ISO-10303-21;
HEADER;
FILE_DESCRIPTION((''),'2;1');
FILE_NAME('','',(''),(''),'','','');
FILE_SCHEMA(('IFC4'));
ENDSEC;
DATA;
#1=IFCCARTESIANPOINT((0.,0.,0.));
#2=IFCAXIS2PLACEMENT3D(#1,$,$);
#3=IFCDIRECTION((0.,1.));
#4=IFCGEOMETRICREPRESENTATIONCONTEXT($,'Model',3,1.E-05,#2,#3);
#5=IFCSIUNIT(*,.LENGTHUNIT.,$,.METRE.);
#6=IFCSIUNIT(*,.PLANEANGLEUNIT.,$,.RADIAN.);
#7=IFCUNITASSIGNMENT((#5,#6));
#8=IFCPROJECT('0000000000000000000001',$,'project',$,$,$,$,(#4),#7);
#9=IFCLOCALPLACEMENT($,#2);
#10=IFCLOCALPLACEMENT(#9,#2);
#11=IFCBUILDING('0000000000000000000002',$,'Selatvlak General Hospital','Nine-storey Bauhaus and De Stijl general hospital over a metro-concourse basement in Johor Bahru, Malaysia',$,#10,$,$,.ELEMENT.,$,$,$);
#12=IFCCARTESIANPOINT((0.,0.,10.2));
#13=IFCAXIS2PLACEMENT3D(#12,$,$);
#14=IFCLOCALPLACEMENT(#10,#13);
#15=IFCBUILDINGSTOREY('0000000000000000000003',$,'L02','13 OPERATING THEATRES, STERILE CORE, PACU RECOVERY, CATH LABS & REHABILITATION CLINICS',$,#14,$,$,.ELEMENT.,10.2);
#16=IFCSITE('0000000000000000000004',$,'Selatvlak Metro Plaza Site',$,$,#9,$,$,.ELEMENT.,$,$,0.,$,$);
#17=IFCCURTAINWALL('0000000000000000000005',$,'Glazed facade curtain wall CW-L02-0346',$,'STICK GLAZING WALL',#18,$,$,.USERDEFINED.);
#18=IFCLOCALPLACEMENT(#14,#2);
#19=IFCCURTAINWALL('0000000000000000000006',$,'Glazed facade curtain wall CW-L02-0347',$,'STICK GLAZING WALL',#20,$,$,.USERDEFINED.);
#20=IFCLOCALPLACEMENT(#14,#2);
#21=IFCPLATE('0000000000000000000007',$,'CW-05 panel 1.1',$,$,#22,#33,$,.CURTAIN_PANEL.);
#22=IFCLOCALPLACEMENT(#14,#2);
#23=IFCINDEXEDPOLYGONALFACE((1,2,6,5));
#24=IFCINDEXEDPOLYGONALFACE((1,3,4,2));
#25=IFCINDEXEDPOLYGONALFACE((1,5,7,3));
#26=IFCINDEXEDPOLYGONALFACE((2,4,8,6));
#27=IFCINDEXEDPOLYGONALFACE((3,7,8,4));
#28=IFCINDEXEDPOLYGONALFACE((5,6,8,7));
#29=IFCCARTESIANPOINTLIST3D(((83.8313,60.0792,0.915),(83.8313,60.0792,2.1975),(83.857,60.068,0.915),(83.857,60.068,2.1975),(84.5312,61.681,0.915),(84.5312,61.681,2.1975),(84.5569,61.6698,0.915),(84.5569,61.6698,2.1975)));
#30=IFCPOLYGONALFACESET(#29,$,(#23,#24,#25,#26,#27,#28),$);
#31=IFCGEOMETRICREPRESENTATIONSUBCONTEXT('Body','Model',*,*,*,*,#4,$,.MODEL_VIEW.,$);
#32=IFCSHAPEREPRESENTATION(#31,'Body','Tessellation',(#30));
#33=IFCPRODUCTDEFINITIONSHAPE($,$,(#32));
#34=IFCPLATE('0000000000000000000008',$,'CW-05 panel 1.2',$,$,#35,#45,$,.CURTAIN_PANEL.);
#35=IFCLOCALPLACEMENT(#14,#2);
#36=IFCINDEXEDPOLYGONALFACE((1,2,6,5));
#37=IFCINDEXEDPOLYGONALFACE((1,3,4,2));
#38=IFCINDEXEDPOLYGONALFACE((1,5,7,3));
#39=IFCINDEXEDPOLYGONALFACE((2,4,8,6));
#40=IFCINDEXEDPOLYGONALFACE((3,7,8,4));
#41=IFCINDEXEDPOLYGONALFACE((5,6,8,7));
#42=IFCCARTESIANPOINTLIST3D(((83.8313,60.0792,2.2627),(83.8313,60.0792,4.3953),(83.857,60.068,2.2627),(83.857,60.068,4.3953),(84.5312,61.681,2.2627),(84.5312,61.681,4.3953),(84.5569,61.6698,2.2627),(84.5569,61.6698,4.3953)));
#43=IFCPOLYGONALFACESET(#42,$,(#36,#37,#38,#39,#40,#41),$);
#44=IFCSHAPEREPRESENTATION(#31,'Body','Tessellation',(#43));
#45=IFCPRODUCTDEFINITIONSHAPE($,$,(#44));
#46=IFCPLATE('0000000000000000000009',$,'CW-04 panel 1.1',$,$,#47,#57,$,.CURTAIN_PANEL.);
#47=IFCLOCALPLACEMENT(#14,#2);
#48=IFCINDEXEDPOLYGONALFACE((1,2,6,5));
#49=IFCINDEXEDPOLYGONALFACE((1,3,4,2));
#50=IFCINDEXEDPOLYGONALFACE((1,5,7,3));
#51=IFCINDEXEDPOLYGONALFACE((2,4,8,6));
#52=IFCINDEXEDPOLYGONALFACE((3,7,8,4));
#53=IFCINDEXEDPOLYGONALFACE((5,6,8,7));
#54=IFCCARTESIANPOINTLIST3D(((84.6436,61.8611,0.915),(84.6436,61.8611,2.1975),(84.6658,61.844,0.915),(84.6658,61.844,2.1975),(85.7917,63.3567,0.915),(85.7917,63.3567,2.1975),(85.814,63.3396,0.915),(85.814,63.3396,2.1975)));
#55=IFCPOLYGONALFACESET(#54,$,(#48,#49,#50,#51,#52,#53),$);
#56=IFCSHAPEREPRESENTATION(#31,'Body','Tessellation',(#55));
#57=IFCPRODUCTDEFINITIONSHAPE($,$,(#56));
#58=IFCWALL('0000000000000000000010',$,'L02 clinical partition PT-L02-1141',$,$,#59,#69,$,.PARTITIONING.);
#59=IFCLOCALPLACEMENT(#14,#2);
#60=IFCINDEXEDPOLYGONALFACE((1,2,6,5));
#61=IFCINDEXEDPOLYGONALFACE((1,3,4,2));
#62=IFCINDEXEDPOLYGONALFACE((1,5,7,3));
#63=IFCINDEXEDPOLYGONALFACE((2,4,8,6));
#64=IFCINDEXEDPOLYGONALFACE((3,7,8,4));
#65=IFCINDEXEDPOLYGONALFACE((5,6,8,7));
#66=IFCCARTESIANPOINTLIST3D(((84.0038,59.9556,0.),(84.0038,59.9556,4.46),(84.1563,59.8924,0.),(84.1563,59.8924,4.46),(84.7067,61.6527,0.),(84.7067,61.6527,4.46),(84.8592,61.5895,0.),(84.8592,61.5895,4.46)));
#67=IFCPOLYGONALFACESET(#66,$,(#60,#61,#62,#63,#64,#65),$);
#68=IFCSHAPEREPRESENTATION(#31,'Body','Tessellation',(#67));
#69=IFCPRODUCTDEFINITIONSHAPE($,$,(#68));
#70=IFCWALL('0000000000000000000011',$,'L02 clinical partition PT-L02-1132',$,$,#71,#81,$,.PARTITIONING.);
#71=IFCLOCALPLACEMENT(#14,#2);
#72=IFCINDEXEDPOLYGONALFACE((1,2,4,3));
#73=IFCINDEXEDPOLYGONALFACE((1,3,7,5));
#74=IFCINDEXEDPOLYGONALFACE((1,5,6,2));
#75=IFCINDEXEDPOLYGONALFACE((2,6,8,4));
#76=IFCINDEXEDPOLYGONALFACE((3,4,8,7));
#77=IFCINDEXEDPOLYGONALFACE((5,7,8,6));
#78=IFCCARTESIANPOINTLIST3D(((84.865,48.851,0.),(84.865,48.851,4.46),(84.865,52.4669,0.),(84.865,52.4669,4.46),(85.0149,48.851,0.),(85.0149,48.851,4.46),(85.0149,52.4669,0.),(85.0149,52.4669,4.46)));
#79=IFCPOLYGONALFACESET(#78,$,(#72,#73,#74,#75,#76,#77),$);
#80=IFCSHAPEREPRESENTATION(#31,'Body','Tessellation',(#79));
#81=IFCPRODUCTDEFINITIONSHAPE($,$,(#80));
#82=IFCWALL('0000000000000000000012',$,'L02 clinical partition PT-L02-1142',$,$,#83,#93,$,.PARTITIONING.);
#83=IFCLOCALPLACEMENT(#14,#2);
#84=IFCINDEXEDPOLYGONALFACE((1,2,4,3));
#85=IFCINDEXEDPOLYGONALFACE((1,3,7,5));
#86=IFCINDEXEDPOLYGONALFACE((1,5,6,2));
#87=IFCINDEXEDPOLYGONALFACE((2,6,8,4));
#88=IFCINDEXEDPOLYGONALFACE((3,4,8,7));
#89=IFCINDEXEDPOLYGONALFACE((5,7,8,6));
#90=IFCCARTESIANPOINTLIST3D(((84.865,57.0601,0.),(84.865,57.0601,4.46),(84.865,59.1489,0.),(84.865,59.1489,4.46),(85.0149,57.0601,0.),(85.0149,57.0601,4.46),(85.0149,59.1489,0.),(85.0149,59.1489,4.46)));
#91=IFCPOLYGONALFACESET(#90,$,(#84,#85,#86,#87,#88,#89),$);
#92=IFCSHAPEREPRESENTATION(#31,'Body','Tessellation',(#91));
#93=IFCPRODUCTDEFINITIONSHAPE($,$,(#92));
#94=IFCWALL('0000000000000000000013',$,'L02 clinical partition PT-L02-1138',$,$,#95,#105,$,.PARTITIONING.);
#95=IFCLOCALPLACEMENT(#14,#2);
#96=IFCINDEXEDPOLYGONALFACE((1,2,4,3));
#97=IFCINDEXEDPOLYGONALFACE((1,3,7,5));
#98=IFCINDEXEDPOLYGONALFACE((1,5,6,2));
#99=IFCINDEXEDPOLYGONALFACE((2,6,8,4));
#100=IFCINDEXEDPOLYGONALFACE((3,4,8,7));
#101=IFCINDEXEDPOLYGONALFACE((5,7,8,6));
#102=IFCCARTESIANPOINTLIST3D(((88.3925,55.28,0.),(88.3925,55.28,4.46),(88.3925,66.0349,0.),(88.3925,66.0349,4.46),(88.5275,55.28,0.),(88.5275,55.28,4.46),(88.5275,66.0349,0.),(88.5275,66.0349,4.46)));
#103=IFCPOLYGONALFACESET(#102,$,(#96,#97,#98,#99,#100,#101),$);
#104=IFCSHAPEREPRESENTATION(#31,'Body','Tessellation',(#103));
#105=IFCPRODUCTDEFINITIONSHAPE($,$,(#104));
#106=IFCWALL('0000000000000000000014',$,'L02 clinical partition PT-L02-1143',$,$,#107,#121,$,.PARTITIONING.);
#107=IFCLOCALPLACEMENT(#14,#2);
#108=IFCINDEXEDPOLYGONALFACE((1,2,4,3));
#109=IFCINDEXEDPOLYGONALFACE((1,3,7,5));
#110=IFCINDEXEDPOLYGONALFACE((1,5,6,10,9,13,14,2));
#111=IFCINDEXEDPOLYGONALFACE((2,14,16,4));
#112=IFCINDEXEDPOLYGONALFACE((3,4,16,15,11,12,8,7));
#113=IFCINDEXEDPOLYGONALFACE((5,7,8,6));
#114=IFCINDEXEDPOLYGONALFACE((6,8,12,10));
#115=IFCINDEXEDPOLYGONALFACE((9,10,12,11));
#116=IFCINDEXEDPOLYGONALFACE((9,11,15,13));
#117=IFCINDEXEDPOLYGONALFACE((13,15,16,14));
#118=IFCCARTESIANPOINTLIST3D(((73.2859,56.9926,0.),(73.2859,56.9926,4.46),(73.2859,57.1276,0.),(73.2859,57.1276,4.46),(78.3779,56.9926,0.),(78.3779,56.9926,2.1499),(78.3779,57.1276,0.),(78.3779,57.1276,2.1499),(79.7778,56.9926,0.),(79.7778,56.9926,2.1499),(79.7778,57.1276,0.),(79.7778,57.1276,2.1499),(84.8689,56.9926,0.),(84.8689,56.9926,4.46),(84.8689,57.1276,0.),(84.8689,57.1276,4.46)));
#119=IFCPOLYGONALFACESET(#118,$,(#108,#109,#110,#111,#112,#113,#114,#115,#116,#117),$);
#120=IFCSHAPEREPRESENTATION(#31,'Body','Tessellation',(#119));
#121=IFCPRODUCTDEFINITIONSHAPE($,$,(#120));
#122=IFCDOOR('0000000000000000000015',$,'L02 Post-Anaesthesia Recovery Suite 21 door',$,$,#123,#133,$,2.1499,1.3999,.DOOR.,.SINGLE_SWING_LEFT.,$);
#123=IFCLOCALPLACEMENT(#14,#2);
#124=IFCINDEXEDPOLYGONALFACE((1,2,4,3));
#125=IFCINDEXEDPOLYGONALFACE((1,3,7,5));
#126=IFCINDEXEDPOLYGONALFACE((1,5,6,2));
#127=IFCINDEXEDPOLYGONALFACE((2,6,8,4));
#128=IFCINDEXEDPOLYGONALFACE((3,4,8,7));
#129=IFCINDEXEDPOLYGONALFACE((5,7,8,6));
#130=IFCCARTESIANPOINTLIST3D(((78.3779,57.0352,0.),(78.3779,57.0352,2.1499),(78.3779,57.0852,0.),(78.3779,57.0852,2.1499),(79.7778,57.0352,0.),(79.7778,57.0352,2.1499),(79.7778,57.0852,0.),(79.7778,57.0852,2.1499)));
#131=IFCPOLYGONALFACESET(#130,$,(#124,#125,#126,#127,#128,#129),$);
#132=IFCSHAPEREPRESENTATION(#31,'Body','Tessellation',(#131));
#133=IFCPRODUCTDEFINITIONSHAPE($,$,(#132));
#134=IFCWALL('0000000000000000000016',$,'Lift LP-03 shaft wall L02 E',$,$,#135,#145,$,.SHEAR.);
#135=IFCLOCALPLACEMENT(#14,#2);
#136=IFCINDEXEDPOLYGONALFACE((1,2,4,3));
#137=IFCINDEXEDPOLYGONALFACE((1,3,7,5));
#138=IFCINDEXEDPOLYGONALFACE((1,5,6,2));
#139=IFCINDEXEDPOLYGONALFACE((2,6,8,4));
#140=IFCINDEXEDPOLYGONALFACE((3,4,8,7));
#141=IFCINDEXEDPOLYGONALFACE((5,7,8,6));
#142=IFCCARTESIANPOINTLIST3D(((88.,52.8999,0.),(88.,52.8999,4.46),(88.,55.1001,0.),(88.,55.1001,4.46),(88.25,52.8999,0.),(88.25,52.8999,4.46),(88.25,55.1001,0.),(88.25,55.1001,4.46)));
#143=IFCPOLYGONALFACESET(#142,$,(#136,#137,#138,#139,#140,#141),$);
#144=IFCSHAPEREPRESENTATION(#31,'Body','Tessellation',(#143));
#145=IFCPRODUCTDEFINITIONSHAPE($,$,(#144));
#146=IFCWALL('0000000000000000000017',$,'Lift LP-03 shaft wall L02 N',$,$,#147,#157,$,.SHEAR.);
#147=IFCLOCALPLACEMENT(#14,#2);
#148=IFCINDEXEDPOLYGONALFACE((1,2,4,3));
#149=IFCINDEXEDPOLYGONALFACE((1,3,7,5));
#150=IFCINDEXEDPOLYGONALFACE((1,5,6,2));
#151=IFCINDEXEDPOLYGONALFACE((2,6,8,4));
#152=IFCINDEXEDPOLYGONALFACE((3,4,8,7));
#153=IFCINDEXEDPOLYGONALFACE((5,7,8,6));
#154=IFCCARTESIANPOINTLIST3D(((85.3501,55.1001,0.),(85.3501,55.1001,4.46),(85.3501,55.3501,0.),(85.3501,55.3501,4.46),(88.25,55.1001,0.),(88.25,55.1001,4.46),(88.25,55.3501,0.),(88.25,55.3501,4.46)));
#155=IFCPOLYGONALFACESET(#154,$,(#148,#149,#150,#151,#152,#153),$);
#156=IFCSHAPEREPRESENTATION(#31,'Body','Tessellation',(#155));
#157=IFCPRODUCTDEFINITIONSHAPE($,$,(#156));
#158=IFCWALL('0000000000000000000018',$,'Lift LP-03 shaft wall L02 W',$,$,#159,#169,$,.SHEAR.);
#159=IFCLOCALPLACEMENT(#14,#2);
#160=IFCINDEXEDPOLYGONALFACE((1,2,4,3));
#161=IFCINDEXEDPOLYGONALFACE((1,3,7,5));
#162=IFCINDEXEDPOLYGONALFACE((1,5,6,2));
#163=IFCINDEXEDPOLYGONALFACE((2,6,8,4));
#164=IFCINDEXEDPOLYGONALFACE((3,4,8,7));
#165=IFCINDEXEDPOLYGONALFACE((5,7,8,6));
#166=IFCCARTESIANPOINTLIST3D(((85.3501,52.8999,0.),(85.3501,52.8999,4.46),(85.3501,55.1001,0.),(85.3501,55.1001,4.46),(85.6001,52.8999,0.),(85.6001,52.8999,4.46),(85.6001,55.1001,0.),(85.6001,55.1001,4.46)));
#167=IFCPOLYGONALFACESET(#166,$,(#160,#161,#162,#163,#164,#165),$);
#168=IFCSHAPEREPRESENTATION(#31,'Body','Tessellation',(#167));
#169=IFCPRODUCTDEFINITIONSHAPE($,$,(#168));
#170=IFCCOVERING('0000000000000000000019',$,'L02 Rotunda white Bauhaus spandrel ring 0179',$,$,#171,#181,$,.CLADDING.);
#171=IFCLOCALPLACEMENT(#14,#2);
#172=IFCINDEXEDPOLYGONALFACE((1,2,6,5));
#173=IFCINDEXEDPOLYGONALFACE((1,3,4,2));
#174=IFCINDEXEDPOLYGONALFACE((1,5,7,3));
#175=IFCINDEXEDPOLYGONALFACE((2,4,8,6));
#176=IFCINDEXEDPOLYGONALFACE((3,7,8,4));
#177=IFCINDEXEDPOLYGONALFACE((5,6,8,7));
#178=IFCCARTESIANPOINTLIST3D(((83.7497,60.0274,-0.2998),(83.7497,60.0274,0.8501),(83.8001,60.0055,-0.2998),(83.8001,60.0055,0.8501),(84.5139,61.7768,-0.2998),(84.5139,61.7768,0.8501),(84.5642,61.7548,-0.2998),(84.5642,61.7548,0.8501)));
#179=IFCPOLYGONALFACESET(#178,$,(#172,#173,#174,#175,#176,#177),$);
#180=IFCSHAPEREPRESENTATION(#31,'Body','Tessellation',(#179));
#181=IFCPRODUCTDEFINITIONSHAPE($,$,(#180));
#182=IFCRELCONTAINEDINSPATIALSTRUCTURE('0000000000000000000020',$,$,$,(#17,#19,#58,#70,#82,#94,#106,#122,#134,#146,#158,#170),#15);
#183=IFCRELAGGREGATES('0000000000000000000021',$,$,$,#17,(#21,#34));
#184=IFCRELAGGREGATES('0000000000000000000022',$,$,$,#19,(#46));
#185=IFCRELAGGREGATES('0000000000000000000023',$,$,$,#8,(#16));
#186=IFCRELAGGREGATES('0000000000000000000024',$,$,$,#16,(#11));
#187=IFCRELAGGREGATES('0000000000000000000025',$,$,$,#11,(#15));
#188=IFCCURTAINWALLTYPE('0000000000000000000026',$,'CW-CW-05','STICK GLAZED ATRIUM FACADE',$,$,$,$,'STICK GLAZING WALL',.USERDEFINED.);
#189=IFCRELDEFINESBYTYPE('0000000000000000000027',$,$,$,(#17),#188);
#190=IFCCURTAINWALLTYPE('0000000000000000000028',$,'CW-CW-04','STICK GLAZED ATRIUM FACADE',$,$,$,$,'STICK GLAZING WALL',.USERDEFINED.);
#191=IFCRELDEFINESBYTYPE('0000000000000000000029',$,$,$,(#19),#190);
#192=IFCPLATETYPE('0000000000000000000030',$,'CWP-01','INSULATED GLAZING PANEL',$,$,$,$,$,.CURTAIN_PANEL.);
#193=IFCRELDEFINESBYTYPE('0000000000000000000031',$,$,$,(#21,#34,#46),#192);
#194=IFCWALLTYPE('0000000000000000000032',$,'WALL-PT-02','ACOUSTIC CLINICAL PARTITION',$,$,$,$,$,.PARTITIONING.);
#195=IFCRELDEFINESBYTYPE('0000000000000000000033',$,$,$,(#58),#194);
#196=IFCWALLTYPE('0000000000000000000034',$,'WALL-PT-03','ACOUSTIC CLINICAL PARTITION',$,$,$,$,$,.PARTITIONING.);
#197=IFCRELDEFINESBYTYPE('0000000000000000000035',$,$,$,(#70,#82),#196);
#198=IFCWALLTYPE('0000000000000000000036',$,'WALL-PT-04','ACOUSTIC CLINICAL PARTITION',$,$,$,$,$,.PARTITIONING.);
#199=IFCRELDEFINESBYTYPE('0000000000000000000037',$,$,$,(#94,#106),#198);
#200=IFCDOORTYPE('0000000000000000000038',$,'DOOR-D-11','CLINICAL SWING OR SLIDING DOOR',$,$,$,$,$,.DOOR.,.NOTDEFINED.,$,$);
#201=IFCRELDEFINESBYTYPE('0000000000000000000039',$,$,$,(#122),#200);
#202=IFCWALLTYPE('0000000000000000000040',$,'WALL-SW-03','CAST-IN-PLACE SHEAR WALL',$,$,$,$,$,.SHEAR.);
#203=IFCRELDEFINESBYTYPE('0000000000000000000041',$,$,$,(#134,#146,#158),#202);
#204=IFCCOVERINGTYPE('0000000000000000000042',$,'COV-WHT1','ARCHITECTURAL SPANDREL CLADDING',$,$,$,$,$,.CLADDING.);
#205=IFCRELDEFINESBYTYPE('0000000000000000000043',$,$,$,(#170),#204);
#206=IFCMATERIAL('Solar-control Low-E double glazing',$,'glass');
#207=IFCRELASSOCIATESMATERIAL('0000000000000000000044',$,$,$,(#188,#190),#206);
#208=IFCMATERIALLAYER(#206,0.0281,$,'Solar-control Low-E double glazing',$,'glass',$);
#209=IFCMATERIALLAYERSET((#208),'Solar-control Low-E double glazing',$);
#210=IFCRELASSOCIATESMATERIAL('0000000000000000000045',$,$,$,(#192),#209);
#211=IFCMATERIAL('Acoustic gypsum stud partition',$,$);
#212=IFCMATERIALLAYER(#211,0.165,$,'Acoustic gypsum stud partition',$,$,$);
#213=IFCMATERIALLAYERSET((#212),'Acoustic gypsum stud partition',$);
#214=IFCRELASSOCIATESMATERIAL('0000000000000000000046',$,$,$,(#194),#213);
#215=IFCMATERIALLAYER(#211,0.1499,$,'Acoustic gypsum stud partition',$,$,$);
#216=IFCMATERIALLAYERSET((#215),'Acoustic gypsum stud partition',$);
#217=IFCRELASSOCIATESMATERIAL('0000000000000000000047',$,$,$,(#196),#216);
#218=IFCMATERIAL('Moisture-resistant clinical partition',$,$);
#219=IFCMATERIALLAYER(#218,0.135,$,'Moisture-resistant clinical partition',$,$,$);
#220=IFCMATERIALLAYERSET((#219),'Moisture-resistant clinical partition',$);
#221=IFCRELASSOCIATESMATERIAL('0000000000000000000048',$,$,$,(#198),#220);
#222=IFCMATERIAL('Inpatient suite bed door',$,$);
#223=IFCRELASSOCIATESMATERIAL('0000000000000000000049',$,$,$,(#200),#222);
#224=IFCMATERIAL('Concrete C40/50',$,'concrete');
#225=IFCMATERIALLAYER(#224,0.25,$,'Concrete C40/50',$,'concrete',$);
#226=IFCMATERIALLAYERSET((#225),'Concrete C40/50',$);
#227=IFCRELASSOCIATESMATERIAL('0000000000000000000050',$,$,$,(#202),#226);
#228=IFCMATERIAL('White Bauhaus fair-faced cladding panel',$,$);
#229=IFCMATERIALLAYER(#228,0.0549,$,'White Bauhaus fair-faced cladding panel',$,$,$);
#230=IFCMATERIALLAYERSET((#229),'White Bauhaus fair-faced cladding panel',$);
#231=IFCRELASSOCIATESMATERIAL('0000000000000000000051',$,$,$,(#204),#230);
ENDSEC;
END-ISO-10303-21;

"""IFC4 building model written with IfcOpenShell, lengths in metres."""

from ifc_helpers import new_model, si_unit, direction, frame, frame_2d, origin, origin_2d, place, context, subcontext, project, spatial, rectangle, extrude, material, layer, layer_set, type_object, element, fill, aggregate, save


model = new_model("IFC4")

# Units and contexts
model_context = context("Model", 3, precision=1e-05, world=origin(), true_north=direction((0.0, 1.0)))
body_context = subcontext(model_context, "Body", "Model", "MODEL_VIEW")
ifc_project = project(units=[si_unit("LENGTHUNIT", "METRE"), si_unit("PLANEANGLEUNIT", "RADIAN")], contexts=[model_context])

# Site, building, storey
site_placement = place(None, origin())
site = spatial("IfcSite", under=ifc_project, at=site_placement, Name="Selatvlak Metro Plaza Site", CompositionType="ELEMENT", RefElevation=0.0)
building_placement = place(site_placement, origin())
building = spatial("IfcBuilding", under=site, at=building_placement, Name="Selatvlak General Hospital", Description="Nine-storey Bauhaus and De Stijl general hospital over a metro-concourse basement in Johor Bahru, Malaysia", CompositionType="ELEMENT")
storey_placement = place(building_placement, frame((0.0, 0.0, 10.2)))
storey = spatial("IfcBuildingStorey", under=building, at=storey_placement, Name="L02", Description="13 OPERATING THEATRES, STERILE CORE, PACU RECOVERY, CATH LABS & REHABILITATION CLINICS", CompositionType="ELEMENT", Elevation=10.2)

# Curtain wall
ifc_material_1 = material(Name="Solar-control Low-E double glazing", Category="glass")
curtain_wall_type_1 = type_object("IfcCurtainWallType", Name="CW-CW-05", Description="STICK GLAZED ATRIUM FACADE", ElementType="STICK GLAZING WALL", PredefinedType="USERDEFINED", material=ifc_material_1)
curtain_wall_1_placement = place(storey_placement, origin())
curtain_wall_1 = element("IfcCurtainWall", 1, at=curtain_wall_1_placement, inside=storey, type_object=curtain_wall_type_1, Name="Glazed facade curtain wall CW-L02-0346", ObjectType="STICK GLAZING WALL", PredefinedType="USERDEFINED")

# Curtain wall
curtain_wall_type_2 = type_object("IfcCurtainWallType", Name="CW-CW-04", Description="STICK GLAZED ATRIUM FACADE", ElementType="STICK GLAZING WALL", PredefinedType="USERDEFINED", material=ifc_material_1)
curtain_wall_2_placement = place(storey_placement, origin())
curtain_wall_2 = element("IfcCurtainWall", 2, at=curtain_wall_2_placement, inside=storey, type_object=curtain_wall_type_2, Name="Glazed facade curtain wall CW-L02-0347", ObjectType="STICK GLAZING WALL", PredefinedType="USERDEFINED")

# Plates
ifc_layer_1 = layer(ifc_material_1, 0.0281, Name="Solar-control Low-E double glazing", Category="glass")
ifc_layer_set_1 = layer_set([ifc_layer_1], Name="Solar-control Low-E double glazing")
plate_type = type_object("IfcPlateType", Name="CWP-01", Description="INSULATED GLAZING PANEL", PredefinedType="CURTAIN_PANEL", material=ifc_layer_set_1)
plate_1_placement = place(storey_placement, frame((84.1941, 60.8745, 0.915), z_axis=(0.0, 0.0, 1.0), x_axis=(0.4004, 0.916341, 0.0)))
plate_1 = element("IfcPlate", 3, at=plate_1_placement, type_object=plate_type, Name="CW-05 panel 1.1", PredefinedType="CURTAIN_PANEL", context=body_context, shape_type="SweptSolid", body=[
    extrude(rectangle(XDim=1.748, YDim=0.0281, at=origin_2d()), origin(), (0.0, 0.0, 1.0), 1.2825),
])
plate_2_placement = place(storey_placement, frame((84.1941, 60.8745, 2.2627), z_axis=(0.0, 0.0, 1.0), x_axis=(0.4004, 0.916341, 0.0)))
plate_2 = element("IfcPlate", 4, at=plate_2_placement, type_object=plate_type, Name="CW-05 panel 1.2", PredefinedType="CURTAIN_PANEL", context=body_context, shape_type="SweptSolid", body=[
    extrude(rectangle(XDim=1.748, YDim=0.0281, at=origin_2d()), origin(), (0.0, 0.0, 1.0), 2.1326),
])
aggregate(curtain_wall_1, [plate_1, plate_2])
plate_3_placement = place(storey_placement, frame((85.2288, 62.6003, 0.915), z_axis=(0.0, 0.0, 1.0), x_axis=(0.608918, 0.793233, 0.0)))
plate_3 = element("IfcPlate", 5, at=plate_3_placement, type_object=plate_type, Name="CW-04 panel 1.1", PredefinedType="CURTAIN_PANEL", context=body_context, shape_type="SweptSolid", body=[
    extrude(rectangle(XDim=1.8855, YDim=0.0281, at=origin_2d()), origin(), (0.0, 0.0, 1.0), 1.2825),
])
aggregate(curtain_wall_2, [plate_3])

# Walls
ifc_material_2 = material(Name="Acoustic gypsum stud partition")
ifc_layer_2 = layer(ifc_material_2, 0.165, Name="Acoustic gypsum stud partition")
ifc_layer_set_2 = layer_set([ifc_layer_2], Name="Acoustic gypsum stud partition")
wall_type_1 = type_object("IfcWallType", Name="WALL-PT-02", Description="ACOUSTIC CLINICAL PARTITION", PredefinedType="PARTITIONING", material=ifc_layer_set_2)
wall_1_placement = place(storey_placement, frame((84.783, 61.6211, 0.0), z_axis=(0.0, 0.0, 1.0), x_axis=(-0.382661, -0.923889, 0.0)))
element("IfcWall", 6, at=wall_1_placement, inside=storey, type_object=wall_type_1, Name="L02 clinical partition PT-L02-1141", PredefinedType="PARTITIONING", context=body_context, shape_type="SweptSolid", body=[
    extrude(rectangle(XDim=1.8369, YDim=0.165, at=frame_2d((0.9185, 0.0))), origin(), (0.0, 0.0, 1.0), 4.46),
])
ifc_layer_3 = layer(ifc_material_2, 0.1499, Name="Acoustic gypsum stud partition")
ifc_layer_set_3 = layer_set([ifc_layer_3], Name="Acoustic gypsum stud partition")
wall_type_2 = type_object("IfcWallType", Name="WALL-PT-03", Description="ACOUSTIC CLINICAL PARTITION", PredefinedType="PARTITIONING", material=ifc_layer_set_3)
wall_2_placement = place(storey_placement, frame((84.9399, 52.467, 0.0), z_axis=(0.0, 0.0, 1.0), x_axis=(0.0, -1.0, 0.0)))
element("IfcWall", 7, at=wall_2_placement, inside=storey, type_object=wall_type_2, Name="L02 clinical partition PT-L02-1132", PredefinedType="PARTITIONING", context=body_context, shape_type="SweptSolid", body=[
    extrude(rectangle(XDim=3.616, YDim=0.1499, at=frame_2d((1.8081, 0.0))), origin(), (0.0, 0.0, 1.0), 4.46),
])
wall_3_placement = place(storey_placement, frame((84.9399, 59.1489, 0.0), z_axis=(0.0, 0.0, 1.0), x_axis=(0.0, -1.0, 0.0)))
element("IfcWall", 8, at=wall_3_placement, inside=storey, type_object=wall_type_2, Name="L02 clinical partition PT-L02-1142", PredefinedType="PARTITIONING", context=body_context, shape_type="SweptSolid", body=[
    extrude(rectangle(XDim=2.0889, YDim=0.1499, at=frame_2d((1.0444, 0.0))), origin(), (0.0, 0.0, 1.0), 4.46),
])
ifc_material_3 = material(Name="Moisture-resistant clinical partition")
ifc_layer_4 = layer(ifc_material_3, 0.135, Name="Moisture-resistant clinical partition")
ifc_layer_set_4 = layer_set([ifc_layer_4], Name="Moisture-resistant clinical partition")
wall_type_3 = type_object("IfcWallType", Name="WALL-PT-04", Description="ACOUSTIC CLINICAL PARTITION", PredefinedType="PARTITIONING", material=ifc_layer_set_4)
wall_4_placement = place(storey_placement, frame((88.46, 55.28, 0.0), z_axis=(0.0, 0.0, 1.0), x_axis=(0.0, 1.0, 0.0)))
element("IfcWall", 9, at=wall_4_placement, inside=storey, type_object=wall_type_3, Name="L02 clinical partition PT-L02-1138", PredefinedType="PARTITIONING", context=body_context, shape_type="SweptSolid", body=[
    extrude(rectangle(XDim=10.7549, YDim=0.135, at=frame_2d((5.3774, 0.0))), origin(), (0.0, 0.0, 1.0), 4.46),
])

# Wall, opening, door
wall_5_placement = place(storey_placement, frame((84.8689, 57.0601, 0.0), z_axis=(0.0, 0.0, 1.0), x_axis=(-1.0, 0.0, 0.0)))
wall_5 = element("IfcWall", 10, at=wall_5_placement, inside=storey, type_object=wall_type_3, Name="L02 clinical partition PT-L02-1143", PredefinedType="PARTITIONING", context=body_context, shape_type="SweptSolid", body=[
    extrude(rectangle(XDim=11.583, YDim=0.135, at=frame_2d((5.7915, 0.0))), origin(), (0.0, 0.0, 1.0), 4.46),
])
opening_1_placement = place(wall_5_placement, frame((5.0911, 0.0, 0.0)))
opening_1 = element("IfcOpeningElement", 11, at=opening_1_placement, cuts=wall_5, PredefinedType="OPENING", context=body_context, shape_type="SweptSolid", body=[
    extrude(rectangle(XDim=1.3999, YDim=2.1499, at=frame_2d((0.7, 1.075))), frame((0.0, 0.0774, 0.0), z_axis=(0.0, -1.0, 0.0), x_axis=(1.0, 0.0, 0.0)), (0.0, 0.0, 1.0), 0.155),
])
ifc_material_4 = material(Name="Inpatient suite bed door")
door_type_1 = type_object("IfcDoorType", Name="DOOR-D-11", Description="CLINICAL SWING OR SLIDING DOOR", OperationType="NOTDEFINED", PredefinedType="DOOR", material=ifc_material_4)
door_1_placement = place(opening_1_placement, origin())
door_1 = element("IfcDoor", 12, at=door_1_placement, inside=storey, type_object=door_type_1, Name="L02 Post-Anaesthesia Recovery Suite 21 door", OperationType="SINGLE_SWING_LEFT", OverallHeight=2.1499, OverallWidth=1.3999, PredefinedType="DOOR", context=body_context, shape_type="SweptSolid", body=[
    extrude(rectangle(XDim=1.3999, YDim=2.1499, at=frame_2d((0.7, 1.075))), frame((0.0, 0.0249, 0.0), z_axis=(0.0, -1.0, 0.0), x_axis=(1.0, 0.0, 0.0)), (0.0, 0.0, 1.0), 0.05),
])
fill(opening_1, door_1)
ifc_material_5 = material(Name="Concrete C40/50", Category="concrete")
ifc_layer_5 = layer(ifc_material_5, 0.25, Name="Concrete C40/50", Category="concrete")
ifc_layer_set_5 = layer_set([ifc_layer_5], Name="Concrete C40/50")
wall_type_4 = type_object("IfcWallType", Name="WALL-SW-03", Description="CAST-IN-PLACE SHEAR WALL", PredefinedType="SHEAR", material=ifc_layer_set_5)

# Walls
wall_6_placement = place(storey_placement, frame((88.125, 52.8999, 0.0), z_axis=(0.0, 0.0, 1.0), x_axis=(0.0, 1.0, 0.0)))
element("IfcWall", 13, at=wall_6_placement, inside=storey, type_object=wall_type_4, Name="Lift LP-03 shaft wall L02 E", PredefinedType="SHEAR", context=body_context, shape_type="SweptSolid", body=[
    extrude(rectangle(XDim=2.2002, YDim=0.25, at=frame_2d((1.1001, 0.0))), origin(), (0.0, 0.0, 1.0), 4.46),
])
wall_7_placement = place(storey_placement, frame((88.25, 55.2251, 0.0), z_axis=(0.0, 0.0, 1.0), x_axis=(-1.0, 0.0, 0.0)))
element("IfcWall", 14, at=wall_7_placement, inside=storey, type_object=wall_type_4, Name="Lift LP-03 shaft wall L02 N", PredefinedType="SHEAR", context=body_context, shape_type="SweptSolid", body=[
    extrude(rectangle(XDim=2.8999, YDim=0.25, at=frame_2d((1.45, 0.0))), origin(), (0.0, 0.0, 1.0), 4.46),
])
wall_8_placement = place(storey_placement, frame((85.4751, 55.1001, 0.0), z_axis=(0.0, 0.0, 1.0), x_axis=(0.0, -1.0, 0.0)))
element("IfcWall", 15, at=wall_8_placement, inside=storey, type_object=wall_type_4, Name="Lift LP-03 shaft wall L02 W", PredefinedType="SHEAR", context=body_context, shape_type="SweptSolid", body=[
    extrude(rectangle(XDim=2.2002, YDim=0.25, at=frame_2d((1.1001, 0.0))), origin(), (0.0, 0.0, 1.0), 4.46),
])

# Covering
ifc_material_6 = material(Name="White Bauhaus fair-faced cladding panel")
ifc_layer_6 = layer(ifc_material_6, 0.0549, Name="White Bauhaus fair-faced cladding panel")
ifc_layer_set_6 = layer_set([ifc_layer_6], Name="White Bauhaus fair-faced cladding panel")
covering_type = type_object("IfcCoveringType", Name="COV-WHT1", Description="ARCHITECTURAL SPANDREL CLADDING", PredefinedType="CLADDING", material=ifc_layer_set_6)
covering_placement = place(storey_placement, frame((84.157, 60.8911, -0.2998), z_axis=(0.0, 0.0, 1.0), x_axis=(0.400301, 0.916384, 0.0)))
element("IfcCovering", 16, at=covering_placement, inside=storey, type_object=covering_type, Name="L02 Rotunda white Bauhaus spandrel ring 0179", PredefinedType="CLADDING", context=body_context, shape_type="SweptSolid", body=[
    extrude(rectangle(XDim=1.9089, YDim=0.0549, at=origin_2d()), origin(), (0.0, 0.0, 1.0), 1.1499),
])

save(model, "model.ifc")
